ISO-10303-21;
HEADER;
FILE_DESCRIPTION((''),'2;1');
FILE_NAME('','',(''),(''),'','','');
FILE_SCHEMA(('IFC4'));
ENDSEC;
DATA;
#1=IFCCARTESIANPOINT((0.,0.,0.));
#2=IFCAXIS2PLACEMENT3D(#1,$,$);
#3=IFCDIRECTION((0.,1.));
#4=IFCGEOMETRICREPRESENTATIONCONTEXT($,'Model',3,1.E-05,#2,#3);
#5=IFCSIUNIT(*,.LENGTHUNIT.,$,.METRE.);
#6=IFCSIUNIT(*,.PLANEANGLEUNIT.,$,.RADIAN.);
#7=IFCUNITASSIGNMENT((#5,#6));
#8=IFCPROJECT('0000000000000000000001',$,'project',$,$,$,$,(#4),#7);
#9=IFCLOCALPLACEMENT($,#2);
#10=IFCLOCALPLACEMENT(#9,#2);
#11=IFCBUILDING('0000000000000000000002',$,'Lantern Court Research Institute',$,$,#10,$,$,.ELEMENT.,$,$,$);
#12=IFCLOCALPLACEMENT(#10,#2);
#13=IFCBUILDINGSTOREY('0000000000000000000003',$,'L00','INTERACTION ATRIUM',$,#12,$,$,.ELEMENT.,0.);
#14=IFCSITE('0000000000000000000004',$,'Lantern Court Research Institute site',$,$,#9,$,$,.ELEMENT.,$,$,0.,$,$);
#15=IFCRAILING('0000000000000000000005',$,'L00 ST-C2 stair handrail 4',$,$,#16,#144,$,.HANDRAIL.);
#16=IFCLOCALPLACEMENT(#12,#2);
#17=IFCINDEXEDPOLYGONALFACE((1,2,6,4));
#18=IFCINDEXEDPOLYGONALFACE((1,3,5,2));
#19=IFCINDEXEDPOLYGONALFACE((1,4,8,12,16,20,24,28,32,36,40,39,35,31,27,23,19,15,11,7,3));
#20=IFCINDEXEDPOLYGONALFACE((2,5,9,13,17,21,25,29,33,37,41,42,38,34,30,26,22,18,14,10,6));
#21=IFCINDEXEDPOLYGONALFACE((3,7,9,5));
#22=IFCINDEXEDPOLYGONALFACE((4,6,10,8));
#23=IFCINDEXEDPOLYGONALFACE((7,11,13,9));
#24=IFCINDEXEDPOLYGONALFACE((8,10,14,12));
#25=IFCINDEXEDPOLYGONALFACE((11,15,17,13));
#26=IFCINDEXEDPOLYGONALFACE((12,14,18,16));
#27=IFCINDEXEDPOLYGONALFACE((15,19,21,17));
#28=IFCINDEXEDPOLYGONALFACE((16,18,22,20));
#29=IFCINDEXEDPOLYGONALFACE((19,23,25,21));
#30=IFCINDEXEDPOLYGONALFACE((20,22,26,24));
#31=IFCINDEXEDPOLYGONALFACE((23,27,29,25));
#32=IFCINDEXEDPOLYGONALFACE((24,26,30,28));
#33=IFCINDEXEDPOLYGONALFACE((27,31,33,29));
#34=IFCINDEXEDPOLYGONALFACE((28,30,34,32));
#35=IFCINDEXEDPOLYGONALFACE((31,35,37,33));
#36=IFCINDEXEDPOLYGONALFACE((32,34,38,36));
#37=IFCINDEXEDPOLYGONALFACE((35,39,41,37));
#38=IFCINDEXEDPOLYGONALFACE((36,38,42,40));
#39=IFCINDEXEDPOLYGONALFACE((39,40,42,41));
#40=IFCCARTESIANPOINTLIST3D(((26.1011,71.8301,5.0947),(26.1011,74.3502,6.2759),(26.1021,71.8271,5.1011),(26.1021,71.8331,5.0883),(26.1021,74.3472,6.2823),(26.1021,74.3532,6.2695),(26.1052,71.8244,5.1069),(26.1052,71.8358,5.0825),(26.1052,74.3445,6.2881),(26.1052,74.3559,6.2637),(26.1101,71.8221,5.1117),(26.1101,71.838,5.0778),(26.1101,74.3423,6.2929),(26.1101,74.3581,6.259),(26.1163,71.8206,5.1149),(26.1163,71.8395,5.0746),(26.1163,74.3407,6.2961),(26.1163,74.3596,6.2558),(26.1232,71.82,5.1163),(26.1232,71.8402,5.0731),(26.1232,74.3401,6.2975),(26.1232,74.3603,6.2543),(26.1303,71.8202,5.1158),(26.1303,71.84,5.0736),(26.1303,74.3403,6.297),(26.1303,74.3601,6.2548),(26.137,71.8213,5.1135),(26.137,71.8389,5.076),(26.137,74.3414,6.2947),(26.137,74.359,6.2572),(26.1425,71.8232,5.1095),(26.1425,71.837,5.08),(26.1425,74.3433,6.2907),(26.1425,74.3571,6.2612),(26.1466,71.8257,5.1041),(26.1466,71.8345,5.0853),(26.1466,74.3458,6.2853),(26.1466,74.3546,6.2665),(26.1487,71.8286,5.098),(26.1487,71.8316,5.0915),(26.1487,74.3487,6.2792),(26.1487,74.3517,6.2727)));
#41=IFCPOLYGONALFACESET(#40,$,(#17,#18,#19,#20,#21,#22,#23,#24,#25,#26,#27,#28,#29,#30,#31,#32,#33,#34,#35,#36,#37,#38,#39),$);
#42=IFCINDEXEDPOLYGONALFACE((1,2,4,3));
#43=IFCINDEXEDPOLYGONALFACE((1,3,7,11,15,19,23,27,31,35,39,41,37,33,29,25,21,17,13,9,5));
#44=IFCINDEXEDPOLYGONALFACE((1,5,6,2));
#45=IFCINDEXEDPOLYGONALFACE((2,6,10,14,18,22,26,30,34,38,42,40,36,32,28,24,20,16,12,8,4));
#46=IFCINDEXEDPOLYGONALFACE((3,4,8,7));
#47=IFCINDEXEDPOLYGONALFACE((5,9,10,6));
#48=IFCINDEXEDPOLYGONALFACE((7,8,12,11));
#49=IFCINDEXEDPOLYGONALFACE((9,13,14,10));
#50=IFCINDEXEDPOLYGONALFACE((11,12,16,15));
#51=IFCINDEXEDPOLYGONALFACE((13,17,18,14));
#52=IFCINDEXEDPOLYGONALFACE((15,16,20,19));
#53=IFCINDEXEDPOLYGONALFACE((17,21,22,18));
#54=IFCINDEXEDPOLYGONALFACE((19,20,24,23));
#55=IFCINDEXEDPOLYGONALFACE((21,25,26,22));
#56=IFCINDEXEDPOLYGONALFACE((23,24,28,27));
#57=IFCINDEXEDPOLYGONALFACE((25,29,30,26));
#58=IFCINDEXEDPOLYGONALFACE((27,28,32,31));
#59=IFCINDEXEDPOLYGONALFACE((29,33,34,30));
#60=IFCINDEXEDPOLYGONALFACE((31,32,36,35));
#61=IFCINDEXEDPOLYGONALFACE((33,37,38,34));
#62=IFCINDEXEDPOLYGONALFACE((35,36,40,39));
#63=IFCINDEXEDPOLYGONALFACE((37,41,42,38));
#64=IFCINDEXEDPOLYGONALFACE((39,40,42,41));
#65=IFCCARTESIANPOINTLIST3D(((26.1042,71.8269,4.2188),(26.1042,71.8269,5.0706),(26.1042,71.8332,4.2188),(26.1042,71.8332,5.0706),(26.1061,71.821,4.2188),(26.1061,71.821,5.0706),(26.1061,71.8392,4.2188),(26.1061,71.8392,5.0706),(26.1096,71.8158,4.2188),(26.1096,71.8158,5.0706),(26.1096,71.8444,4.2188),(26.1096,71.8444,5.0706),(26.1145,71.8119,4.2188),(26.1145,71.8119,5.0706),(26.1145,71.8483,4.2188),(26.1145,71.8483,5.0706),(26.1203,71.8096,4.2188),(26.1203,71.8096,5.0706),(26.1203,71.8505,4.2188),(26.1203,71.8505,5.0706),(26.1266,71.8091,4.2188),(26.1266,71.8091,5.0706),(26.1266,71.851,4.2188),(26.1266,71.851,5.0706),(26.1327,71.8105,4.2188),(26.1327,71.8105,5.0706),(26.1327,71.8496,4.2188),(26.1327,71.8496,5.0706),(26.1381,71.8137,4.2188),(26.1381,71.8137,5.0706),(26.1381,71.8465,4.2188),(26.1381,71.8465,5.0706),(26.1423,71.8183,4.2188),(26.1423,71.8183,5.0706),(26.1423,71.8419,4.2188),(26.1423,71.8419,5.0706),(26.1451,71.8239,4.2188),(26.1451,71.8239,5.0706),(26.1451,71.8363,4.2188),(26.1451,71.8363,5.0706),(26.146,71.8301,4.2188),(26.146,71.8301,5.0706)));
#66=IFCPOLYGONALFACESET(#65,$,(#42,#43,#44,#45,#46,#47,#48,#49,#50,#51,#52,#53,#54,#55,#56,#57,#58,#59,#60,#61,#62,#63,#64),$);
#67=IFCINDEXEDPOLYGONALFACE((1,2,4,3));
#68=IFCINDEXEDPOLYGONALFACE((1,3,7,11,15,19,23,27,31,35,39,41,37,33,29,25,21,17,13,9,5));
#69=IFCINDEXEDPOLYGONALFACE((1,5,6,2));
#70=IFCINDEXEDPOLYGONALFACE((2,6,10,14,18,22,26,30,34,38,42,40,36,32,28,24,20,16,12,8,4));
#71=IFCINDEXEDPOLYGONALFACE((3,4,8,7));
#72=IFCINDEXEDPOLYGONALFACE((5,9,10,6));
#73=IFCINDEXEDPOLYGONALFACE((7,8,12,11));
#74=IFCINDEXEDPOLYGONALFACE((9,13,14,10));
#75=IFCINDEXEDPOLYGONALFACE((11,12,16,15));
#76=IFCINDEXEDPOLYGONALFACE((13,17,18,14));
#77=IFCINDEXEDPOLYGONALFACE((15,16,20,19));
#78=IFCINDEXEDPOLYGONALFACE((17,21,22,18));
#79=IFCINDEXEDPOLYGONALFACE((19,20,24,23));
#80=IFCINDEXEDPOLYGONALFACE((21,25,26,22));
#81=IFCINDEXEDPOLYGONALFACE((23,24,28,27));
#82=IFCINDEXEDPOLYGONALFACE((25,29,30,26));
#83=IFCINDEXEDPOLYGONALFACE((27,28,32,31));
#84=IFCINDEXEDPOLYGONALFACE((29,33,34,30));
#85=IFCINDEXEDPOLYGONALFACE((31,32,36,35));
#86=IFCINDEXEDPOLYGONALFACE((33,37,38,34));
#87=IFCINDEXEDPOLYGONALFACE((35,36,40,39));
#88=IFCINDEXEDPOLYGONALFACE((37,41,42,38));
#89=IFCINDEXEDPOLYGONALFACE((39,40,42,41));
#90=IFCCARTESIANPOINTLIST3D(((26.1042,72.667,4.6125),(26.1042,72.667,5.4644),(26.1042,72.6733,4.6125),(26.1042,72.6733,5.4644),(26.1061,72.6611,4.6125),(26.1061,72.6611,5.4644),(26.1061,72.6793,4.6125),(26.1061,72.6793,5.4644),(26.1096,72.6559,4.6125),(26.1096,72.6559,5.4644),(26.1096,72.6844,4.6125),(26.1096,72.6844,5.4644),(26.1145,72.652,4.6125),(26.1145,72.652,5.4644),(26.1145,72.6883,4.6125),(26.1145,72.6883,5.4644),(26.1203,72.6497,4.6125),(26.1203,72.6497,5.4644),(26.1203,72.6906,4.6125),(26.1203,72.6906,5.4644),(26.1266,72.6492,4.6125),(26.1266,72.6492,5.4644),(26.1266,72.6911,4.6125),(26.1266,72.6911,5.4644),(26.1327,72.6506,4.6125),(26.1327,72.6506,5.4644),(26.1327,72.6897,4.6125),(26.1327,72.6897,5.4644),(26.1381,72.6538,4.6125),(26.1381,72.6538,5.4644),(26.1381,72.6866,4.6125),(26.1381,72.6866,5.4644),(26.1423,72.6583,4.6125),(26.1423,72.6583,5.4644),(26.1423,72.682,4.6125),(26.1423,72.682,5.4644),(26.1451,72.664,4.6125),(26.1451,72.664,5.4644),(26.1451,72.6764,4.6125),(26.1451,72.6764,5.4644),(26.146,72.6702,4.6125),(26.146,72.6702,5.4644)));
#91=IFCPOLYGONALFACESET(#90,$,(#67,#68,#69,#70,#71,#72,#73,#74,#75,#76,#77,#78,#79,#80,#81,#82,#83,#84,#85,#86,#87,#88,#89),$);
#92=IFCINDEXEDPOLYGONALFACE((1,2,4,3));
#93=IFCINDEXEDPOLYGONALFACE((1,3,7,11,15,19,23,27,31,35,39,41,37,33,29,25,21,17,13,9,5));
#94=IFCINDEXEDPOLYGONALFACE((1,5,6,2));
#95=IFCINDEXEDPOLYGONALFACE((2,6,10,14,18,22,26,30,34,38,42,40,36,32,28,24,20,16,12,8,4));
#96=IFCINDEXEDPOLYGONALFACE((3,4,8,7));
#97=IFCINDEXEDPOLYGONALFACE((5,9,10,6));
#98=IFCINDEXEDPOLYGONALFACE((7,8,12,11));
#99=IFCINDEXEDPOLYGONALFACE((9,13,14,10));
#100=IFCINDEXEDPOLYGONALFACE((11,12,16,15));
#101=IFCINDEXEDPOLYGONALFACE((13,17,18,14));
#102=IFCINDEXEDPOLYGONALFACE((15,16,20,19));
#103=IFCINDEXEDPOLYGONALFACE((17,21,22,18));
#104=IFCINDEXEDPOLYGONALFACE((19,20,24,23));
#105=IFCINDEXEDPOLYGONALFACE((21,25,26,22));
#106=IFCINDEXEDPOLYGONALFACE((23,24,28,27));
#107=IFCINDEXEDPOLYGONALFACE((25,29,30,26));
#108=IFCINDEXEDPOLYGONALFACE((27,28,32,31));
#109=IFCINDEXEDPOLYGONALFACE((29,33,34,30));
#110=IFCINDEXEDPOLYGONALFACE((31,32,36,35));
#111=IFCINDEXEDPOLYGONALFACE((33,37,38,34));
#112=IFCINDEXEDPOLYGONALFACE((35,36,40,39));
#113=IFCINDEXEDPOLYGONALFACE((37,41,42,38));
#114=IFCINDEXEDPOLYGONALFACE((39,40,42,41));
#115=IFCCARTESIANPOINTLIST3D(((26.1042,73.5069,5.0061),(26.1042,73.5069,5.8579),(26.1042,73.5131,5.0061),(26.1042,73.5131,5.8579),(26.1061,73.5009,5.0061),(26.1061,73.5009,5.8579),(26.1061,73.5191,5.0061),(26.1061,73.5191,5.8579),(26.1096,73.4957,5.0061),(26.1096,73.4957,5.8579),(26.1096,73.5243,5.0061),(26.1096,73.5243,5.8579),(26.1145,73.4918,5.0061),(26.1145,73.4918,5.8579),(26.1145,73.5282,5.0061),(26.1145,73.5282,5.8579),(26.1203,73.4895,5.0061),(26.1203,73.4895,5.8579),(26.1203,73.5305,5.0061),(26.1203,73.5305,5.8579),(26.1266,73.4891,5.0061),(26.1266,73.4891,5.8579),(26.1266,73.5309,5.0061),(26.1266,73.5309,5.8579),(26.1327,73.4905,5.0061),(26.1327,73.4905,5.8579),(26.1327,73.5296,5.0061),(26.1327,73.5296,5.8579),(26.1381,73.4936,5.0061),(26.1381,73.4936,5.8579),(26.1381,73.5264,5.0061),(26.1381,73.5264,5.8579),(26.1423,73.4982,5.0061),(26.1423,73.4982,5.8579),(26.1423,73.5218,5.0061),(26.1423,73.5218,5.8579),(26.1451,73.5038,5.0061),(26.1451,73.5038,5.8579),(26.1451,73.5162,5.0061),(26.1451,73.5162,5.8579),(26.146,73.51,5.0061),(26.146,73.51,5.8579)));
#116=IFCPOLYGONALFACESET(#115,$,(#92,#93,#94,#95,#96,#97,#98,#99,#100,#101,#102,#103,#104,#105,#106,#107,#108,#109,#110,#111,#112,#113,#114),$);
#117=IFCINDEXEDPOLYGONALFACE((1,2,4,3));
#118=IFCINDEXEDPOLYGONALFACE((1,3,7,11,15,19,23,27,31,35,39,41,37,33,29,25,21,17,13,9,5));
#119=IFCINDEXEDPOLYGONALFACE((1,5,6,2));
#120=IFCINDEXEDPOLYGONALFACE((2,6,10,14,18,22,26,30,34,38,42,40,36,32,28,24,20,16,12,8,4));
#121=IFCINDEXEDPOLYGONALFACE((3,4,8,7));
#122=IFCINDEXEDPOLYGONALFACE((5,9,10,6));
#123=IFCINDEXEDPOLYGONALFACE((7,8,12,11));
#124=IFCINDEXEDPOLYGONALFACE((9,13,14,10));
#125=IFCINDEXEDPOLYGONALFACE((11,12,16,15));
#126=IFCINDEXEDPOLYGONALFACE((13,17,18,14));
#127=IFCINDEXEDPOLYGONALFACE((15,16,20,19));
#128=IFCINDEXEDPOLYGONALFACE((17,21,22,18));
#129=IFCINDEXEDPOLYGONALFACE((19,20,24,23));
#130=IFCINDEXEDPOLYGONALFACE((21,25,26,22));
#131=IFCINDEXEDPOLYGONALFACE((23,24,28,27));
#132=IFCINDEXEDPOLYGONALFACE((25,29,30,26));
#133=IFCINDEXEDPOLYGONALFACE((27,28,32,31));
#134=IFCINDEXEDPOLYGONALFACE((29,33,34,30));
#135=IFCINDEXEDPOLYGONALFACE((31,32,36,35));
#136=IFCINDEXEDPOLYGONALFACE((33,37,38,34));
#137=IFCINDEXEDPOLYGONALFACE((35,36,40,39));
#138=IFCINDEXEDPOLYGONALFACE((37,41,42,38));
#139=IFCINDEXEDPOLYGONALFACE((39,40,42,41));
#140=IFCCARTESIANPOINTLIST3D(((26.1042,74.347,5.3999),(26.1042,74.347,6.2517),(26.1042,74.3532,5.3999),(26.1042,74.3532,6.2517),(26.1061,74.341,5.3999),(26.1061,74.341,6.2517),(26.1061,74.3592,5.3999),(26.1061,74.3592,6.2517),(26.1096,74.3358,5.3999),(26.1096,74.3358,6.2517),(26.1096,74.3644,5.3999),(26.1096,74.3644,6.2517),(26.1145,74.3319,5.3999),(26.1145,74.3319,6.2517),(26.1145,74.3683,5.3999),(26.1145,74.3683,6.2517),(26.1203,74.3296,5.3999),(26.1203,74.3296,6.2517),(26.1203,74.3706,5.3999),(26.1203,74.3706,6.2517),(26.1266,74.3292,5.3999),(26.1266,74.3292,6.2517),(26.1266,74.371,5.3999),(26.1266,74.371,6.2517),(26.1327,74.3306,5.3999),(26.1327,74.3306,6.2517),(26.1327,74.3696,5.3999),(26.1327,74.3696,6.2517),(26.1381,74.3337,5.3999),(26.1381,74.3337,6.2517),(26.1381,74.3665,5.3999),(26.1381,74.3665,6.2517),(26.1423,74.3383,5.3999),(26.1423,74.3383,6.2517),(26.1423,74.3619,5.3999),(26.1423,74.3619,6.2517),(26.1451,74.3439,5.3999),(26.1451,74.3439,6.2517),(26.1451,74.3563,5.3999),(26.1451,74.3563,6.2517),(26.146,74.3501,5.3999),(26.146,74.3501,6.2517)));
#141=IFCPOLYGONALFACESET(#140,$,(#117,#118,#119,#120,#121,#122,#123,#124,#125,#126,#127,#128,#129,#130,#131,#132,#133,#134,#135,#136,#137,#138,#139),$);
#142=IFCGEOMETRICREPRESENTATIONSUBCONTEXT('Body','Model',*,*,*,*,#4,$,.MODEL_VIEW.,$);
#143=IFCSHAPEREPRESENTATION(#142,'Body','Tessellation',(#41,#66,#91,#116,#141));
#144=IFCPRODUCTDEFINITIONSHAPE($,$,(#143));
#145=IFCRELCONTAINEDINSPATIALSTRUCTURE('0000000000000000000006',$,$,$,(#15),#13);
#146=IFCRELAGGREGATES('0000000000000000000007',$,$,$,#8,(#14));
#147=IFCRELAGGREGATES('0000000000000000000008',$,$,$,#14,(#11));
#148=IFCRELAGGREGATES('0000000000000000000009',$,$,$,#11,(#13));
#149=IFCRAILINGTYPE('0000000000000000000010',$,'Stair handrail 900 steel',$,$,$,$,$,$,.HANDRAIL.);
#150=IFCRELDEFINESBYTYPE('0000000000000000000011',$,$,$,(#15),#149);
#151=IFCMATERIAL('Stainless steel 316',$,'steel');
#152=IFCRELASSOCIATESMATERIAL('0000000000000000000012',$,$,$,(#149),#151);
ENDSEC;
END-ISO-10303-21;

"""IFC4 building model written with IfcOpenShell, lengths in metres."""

from ifc_helpers import new_model, si_unit, direction, frame, origin, origin_2d, place, context, subcontext, project, spatial, circle, extrude, material, type_object, element, save


model = new_model("IFC4")

# Units and contexts
model_context = context("Model", 3, precision=1e-05, world=origin(), true_north=direction((0.0, 1.0)))
body_context = subcontext(model_context, "Body", "Model", "MODEL_VIEW")
ifc_project = project(units=[si_unit("LENGTHUNIT", "METRE"), si_unit("PLANEANGLEUNIT", "RADIAN")], contexts=[model_context])

# Site, building, storey
site_placement = place(None, origin())
site = spatial("IfcSite", under=ifc_project, at=site_placement, Name="Lantern Court Research Institute site", CompositionType="ELEMENT", RefElevation=0.0)
building_placement = place(site_placement, origin())
building = spatial("IfcBuilding", under=site, at=building_placement, Name="Lantern Court Research Institute", CompositionType="ELEMENT")
storey_placement = place(building_placement, origin())
storey = spatial("IfcBuildingStorey", under=building, at=storey_placement, Name="L00", Description="INTERACTION ATRIUM", CompositionType="ELEMENT", Elevation=0.0)

# Railing
ifc_material_1 = material(Name="Stainless steel 316", Category="steel")
railing_type_1 = type_object("IfcRailingType", Name="Stair handrail 900 steel", PredefinedType="HANDRAIL", material=ifc_material_1)
for number, where, name in (
    (1, (26.125, 71.8301, 4.2188), "L00 ST-C2 stair handrail 4"),
):
    element("IfcRailing", number, at=place(storey_placement, frame(where)), inside=storey, type_object=railing_type_1, Name=name, PredefinedType="HANDRAIL", context=body_context, shape_type="SweptSolid", body=[
        extrude(circle(Radius=0.0239, at=origin_2d()), frame((0.0, 0.0, 0.876), z_axis=(0.0, 0.905474, 0.424402), x_axis=(-1.0, 0.0, 0.0)), (0.0, 0.0, 1.0), 2.7832),
        extrude(circle(Radius=0.021, at=origin_2d()), origin(), (0.0, 0.0, 1.0), 0.8518),
        extrude(circle(Radius=0.021, at=origin_2d()), frame((0.0, 0.8401, 0.3938)), (0.0, 0.0, 1.0), 0.8518),
        extrude(circle(Radius=0.021, at=origin_2d()), frame((0.0, 1.6799, 0.7874)), (0.0, 0.0, 1.0), 0.8518),
        extrude(circle(Radius=0.021, at=origin_2d()), frame((0.0, 2.52, 1.1812)), (0.0, 0.0, 1.0), 0.8518),
    ])

save(model, "model.ifc")
